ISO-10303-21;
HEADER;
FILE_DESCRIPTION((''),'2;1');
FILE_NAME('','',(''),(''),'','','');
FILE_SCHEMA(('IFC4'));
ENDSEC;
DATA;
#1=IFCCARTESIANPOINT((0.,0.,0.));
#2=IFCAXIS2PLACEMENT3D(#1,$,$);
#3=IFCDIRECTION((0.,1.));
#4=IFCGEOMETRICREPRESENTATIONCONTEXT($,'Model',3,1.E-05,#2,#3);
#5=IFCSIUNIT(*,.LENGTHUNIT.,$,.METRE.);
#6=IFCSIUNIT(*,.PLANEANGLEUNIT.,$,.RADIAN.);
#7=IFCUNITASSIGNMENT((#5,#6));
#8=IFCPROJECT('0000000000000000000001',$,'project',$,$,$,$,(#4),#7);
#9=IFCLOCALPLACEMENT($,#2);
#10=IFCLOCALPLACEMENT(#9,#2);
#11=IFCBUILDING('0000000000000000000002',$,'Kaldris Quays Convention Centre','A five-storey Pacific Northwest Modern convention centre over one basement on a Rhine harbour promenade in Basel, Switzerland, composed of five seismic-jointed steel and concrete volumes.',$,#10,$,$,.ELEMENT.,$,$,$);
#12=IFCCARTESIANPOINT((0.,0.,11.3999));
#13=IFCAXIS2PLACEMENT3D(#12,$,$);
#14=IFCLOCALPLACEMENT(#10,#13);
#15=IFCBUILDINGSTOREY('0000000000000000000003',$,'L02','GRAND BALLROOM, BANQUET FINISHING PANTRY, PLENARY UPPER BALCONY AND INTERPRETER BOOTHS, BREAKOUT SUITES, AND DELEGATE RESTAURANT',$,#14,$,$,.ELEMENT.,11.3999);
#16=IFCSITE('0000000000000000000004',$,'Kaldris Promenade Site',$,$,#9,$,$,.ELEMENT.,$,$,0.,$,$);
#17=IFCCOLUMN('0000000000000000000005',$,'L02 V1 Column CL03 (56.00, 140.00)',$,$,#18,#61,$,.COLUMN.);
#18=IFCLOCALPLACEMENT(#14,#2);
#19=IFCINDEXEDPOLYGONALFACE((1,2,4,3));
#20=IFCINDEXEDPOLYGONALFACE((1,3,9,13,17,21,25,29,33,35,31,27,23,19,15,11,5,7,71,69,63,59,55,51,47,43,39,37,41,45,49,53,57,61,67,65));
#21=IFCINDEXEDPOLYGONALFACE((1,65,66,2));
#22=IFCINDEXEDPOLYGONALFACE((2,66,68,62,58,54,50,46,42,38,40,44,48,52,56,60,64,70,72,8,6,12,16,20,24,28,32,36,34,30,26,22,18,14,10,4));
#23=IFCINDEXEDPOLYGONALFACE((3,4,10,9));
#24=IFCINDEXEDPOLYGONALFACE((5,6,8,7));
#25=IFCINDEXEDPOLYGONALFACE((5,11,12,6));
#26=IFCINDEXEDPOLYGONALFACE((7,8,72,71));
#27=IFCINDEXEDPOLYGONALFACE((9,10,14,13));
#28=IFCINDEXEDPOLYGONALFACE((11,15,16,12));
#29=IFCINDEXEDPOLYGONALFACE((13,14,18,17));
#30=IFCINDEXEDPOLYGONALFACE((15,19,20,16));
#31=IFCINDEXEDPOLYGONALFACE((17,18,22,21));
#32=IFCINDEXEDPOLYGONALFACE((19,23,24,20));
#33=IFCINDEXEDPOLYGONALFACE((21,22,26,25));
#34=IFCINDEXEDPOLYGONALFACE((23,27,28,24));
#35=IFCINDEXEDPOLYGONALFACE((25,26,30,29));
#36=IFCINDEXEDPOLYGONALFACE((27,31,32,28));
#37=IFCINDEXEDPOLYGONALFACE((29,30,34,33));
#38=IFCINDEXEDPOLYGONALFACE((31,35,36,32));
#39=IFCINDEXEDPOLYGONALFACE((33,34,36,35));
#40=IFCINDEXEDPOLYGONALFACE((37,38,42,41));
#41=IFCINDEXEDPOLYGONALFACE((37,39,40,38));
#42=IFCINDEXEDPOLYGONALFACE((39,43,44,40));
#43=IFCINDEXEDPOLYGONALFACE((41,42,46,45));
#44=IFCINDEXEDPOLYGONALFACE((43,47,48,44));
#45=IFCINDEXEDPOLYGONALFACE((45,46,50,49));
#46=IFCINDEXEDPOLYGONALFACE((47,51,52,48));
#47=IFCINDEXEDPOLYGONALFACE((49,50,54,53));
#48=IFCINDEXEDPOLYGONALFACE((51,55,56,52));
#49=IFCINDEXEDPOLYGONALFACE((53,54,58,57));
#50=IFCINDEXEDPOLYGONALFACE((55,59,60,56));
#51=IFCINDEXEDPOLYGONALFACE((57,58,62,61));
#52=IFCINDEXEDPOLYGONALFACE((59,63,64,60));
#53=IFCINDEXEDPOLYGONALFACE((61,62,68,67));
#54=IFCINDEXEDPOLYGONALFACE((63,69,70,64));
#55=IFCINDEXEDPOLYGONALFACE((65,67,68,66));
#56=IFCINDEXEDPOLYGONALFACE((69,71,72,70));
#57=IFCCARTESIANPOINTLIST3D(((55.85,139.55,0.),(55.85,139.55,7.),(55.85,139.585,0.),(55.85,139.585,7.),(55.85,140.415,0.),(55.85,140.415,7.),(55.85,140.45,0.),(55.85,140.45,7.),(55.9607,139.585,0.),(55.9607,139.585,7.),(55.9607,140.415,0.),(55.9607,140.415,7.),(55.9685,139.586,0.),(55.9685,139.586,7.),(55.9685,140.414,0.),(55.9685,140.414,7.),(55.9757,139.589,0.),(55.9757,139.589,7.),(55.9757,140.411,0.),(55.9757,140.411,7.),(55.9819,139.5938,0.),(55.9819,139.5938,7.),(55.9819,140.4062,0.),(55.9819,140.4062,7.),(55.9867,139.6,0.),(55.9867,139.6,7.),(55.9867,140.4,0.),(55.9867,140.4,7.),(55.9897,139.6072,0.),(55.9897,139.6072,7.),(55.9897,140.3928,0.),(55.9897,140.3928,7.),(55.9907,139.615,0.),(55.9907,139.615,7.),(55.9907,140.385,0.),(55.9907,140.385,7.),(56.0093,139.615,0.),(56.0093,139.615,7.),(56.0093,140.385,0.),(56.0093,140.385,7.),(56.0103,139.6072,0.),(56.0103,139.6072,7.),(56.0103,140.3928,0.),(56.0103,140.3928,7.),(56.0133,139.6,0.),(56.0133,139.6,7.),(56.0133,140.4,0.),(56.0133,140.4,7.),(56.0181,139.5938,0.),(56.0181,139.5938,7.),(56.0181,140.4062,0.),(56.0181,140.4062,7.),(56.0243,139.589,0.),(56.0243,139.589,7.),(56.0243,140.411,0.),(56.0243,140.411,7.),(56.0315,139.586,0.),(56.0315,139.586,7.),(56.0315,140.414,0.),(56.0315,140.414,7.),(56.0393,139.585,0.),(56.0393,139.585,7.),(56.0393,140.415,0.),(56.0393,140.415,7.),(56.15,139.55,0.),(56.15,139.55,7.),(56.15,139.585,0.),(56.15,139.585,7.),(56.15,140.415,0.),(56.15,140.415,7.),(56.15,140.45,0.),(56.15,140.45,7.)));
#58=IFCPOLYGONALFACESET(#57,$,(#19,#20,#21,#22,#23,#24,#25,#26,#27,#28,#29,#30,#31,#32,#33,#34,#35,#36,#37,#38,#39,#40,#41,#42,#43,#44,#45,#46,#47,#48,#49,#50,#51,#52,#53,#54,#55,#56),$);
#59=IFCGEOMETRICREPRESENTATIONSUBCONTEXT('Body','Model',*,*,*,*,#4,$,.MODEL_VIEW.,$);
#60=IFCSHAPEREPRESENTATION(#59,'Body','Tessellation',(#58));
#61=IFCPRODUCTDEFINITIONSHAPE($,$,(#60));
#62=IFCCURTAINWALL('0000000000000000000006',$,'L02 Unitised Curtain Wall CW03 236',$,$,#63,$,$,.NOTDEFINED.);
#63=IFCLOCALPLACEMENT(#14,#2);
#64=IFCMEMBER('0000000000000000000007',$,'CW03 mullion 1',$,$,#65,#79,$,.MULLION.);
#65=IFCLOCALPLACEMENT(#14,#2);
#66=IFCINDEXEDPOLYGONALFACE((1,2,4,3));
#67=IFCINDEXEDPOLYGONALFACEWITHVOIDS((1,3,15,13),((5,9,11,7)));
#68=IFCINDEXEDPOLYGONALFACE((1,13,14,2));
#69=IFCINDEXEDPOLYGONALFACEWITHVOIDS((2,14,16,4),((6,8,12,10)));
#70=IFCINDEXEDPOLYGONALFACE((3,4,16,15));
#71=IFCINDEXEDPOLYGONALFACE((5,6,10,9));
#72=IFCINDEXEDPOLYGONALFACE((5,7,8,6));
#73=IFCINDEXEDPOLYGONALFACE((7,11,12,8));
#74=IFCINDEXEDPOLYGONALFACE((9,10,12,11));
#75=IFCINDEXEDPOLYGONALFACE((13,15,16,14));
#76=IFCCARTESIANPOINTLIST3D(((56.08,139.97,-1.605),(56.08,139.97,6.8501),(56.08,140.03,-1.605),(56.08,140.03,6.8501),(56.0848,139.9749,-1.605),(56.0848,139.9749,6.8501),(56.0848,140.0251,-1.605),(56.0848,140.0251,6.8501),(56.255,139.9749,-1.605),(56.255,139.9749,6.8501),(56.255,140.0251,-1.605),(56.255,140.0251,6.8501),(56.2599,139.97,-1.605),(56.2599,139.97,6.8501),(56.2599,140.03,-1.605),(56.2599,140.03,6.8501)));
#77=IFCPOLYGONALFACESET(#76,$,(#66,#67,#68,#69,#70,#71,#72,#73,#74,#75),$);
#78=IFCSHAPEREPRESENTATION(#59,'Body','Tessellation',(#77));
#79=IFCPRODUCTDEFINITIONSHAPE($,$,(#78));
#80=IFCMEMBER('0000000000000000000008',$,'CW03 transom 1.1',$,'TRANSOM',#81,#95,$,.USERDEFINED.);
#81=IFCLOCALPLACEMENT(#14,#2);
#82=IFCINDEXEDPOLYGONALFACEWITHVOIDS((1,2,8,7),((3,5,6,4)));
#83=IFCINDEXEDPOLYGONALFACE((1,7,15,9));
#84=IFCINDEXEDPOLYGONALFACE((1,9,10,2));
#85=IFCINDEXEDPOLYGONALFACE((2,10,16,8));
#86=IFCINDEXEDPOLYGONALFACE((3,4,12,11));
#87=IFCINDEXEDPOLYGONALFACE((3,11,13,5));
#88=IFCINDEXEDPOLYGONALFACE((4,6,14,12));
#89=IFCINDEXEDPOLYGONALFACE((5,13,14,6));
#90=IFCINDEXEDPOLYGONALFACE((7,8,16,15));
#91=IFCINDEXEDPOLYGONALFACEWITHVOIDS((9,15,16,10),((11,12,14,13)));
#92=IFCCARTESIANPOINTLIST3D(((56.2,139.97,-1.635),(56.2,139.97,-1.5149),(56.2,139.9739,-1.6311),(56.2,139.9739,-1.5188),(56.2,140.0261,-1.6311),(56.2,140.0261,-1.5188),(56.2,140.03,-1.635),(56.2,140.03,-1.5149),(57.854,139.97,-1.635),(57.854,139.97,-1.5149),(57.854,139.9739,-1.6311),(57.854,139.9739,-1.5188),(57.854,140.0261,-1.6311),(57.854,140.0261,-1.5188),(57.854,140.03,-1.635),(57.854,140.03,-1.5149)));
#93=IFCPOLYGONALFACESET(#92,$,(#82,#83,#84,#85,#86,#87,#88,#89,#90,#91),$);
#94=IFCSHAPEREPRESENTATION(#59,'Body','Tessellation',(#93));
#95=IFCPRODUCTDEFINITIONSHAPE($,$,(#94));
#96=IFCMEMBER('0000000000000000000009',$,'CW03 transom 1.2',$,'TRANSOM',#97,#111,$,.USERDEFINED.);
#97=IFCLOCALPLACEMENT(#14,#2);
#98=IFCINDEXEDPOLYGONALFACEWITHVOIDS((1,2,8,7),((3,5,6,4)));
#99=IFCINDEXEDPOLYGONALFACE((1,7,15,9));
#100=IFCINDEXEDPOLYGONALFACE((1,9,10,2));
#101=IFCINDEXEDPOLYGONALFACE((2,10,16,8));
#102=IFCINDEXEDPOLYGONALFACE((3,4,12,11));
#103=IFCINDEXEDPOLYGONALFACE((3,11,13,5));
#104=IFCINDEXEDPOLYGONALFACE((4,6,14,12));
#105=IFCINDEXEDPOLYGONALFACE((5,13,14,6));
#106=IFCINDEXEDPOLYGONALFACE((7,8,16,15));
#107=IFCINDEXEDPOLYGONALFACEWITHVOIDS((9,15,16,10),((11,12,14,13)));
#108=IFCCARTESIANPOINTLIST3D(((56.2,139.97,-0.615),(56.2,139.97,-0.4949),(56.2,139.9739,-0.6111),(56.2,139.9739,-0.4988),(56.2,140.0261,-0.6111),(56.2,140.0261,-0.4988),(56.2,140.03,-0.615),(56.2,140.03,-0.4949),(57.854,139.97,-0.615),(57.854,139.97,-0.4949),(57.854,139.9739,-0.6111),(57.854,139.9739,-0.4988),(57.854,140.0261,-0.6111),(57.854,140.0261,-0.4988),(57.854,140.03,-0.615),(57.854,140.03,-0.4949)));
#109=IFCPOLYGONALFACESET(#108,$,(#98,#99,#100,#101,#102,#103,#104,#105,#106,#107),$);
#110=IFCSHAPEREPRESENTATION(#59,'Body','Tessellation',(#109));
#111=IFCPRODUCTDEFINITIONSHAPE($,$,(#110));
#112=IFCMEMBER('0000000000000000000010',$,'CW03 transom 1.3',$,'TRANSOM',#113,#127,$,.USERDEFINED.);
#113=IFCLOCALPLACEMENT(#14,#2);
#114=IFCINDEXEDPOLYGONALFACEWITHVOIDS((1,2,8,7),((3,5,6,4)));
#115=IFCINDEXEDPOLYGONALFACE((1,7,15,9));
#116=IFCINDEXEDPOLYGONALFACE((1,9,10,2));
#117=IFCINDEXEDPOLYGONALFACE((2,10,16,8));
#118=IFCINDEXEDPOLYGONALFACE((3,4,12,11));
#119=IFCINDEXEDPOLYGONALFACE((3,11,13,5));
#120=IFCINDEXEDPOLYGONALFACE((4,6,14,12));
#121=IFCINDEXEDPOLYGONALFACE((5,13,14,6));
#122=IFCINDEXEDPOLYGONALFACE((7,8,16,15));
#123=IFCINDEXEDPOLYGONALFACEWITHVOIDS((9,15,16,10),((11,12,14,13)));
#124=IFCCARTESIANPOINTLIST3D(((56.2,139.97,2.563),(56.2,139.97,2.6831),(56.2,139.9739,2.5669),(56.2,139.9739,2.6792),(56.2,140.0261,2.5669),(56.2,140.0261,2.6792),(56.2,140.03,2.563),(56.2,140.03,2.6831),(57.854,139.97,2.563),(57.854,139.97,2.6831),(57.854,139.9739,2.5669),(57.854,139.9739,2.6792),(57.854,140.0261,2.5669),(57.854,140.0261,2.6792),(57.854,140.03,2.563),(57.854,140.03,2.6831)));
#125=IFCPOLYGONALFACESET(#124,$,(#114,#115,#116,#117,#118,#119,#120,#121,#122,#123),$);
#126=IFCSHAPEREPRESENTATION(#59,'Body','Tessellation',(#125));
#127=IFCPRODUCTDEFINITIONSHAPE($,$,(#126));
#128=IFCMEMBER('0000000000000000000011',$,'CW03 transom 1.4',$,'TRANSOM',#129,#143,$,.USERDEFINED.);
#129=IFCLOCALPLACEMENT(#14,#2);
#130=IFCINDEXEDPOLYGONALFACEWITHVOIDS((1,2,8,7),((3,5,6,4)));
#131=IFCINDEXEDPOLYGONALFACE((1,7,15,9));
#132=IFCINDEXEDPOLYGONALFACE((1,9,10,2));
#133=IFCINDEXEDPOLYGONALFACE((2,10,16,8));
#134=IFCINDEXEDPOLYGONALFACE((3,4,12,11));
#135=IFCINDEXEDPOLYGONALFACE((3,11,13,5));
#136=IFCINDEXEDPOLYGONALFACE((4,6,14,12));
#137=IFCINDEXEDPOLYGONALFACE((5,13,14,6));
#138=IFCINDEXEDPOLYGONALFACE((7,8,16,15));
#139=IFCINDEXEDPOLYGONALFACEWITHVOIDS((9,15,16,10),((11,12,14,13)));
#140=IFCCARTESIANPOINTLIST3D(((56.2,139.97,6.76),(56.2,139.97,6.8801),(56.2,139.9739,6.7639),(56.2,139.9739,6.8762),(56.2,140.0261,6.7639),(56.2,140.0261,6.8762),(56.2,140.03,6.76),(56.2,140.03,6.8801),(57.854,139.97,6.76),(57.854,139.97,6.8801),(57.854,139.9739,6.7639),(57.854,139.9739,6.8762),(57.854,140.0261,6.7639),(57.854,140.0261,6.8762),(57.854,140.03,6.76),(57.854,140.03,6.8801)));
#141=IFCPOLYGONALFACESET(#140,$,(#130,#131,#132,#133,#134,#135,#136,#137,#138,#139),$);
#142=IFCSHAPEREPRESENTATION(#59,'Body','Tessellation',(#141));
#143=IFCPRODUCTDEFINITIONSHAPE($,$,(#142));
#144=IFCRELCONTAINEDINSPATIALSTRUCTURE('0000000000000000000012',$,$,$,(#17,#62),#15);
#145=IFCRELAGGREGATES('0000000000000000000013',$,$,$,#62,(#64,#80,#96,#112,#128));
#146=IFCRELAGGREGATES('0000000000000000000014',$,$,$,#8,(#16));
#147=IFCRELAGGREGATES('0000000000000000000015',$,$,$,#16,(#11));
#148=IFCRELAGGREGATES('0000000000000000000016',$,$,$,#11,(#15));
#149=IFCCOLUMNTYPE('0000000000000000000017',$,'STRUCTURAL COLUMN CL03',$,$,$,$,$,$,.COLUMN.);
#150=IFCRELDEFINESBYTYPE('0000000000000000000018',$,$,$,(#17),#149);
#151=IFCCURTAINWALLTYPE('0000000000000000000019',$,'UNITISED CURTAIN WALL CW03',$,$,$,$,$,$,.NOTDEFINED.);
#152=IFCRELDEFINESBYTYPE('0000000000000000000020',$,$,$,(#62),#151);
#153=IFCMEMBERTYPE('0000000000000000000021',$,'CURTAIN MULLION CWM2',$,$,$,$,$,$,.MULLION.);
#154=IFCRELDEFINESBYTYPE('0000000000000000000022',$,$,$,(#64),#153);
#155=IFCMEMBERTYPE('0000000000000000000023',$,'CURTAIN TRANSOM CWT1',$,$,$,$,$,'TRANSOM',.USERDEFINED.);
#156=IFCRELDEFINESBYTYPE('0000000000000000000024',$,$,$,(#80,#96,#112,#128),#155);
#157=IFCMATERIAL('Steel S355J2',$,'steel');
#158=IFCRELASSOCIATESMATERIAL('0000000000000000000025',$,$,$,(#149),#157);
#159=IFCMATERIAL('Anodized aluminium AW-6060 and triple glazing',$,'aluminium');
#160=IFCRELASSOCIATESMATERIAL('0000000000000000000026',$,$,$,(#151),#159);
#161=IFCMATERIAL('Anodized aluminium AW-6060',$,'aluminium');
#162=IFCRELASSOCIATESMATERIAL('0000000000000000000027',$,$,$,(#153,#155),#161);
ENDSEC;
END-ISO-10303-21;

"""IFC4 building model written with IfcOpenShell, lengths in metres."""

from ifc_helpers import new_model, si_unit, direction, frame, origin, origin_2d, place, context, subcontext, project, spatial, hollow_rectangle, i_section, extrude, material, material_profile, profile_set, type_object, element, aggregate, save


model = new_model("IFC4")

# Units and contexts
model_context = context("Model", 3, precision=1e-05, world=origin(), true_north=direction((0.0, 1.0)))
body_context = subcontext(model_context, "Body", "Model", "MODEL_VIEW")
ifc_project = project(units=[si_unit("LENGTHUNIT", "METRE"), si_unit("PLANEANGLEUNIT", "RADIAN")], contexts=[model_context])

# Site, building, storey
site_placement = place(None, origin())
site = spatial("IfcSite", under=ifc_project, at=site_placement, Name="Kaldris Promenade Site", CompositionType="ELEMENT", RefElevation=0.0)
building_placement = place(site_placement, origin())
building = spatial("IfcBuilding", under=site, at=building_placement, Name="Kaldris Quays Convention Centre", Description="A five-storey Pacific Northwest Modern convention centre over one basement on a Rhine harbour promenade in Basel, Switzerland, composed of five seismic-jointed steel and concrete volumes.", CompositionType="ELEMENT")
storey_placement = place(building_placement, frame((0.0, 0.0, 11.3999)))
storey = spatial("IfcBuildingStorey", under=building, at=storey_placement, Name="L02", Description="GRAND BALLROOM, BANQUET FINISHING PANTRY, PLENARY UPPER BALCONY AND INTERPRETER BOOTHS, BREAKOUT SUITES, AND DELEGATE RESTAURANT", CompositionType="ELEMENT", Elevation=11.3999)

# Column
ifc_material_1 = material(Name="Steel S355J2", Category="steel")
ifc_material_profile_1 = material_profile(ifc_material_1, i_section(OverallWidth=0.3, OverallDepth=0.8999, WebThickness=0.0186, FlangeThickness=0.0349, FilletRadius=0.03, at=origin_2d()), Name="HEB 900")
ifc_profile_set_1 = profile_set([ifc_material_profile_1], Name="Steel S355J2")
column_type = type_object("IfcColumnType", Name="STRUCTURAL COLUMN CL03", PredefinedType="COLUMN", material=ifc_profile_set_1)
column_placement = place(storey_placement, frame((56.0, 140.0, 0.0), z_axis=(0.0, 0.0, 1.0), x_axis=(1.0, 0.0, 0.0)))
element("IfcColumn", 1, at=column_placement, inside=storey, type_object=column_type, Name="L02 V1 Column CL03 (56.00, 140.00)", PredefinedType="COLUMN", context=body_context, shape_type="SweptSolid", body=[
    extrude(i_section(OverallWidth=0.3, OverallDepth=0.8999, WebThickness=0.0186, FlangeThickness=0.0349, FilletRadius=0.03, at=origin_2d()), origin(), (0.0, 0.0, 1.0), 7.0),
])

# Curtain wall, members
ifc_material_2 = material(Name="Anodized aluminium AW-6060 and triple glazing", Category="aluminium")
curtain_wall_type = type_object("IfcCurtainWallType", Name="UNITISED CURTAIN WALL CW03", PredefinedType="NOTDEFINED", material=ifc_material_2)
curtain_wall_placement = place(storey_placement, origin())
curtain_wall = element("IfcCurtainWall", 2, at=curtain_wall_placement, inside=storey, type_object=curtain_wall_type, Name="L02 Unitised Curtain Wall CW03 236", PredefinedType="NOTDEFINED")
ifc_material_3 = material(Name="Anodized aluminium AW-6060", Category="aluminium")
ifc_material_profile_2 = material_profile(ifc_material_3, hollow_rectangle(XDim=0.0601, YDim=0.1799, WallThickness=0.0049, at=origin_2d()), Name="RHS 180x60x5")
ifc_profile_set_2 = profile_set([ifc_material_profile_2], Name="Anodized aluminium AW-6060")
member_type_1 = type_object("IfcMemberType", Name="CURTAIN MULLION CWM2", PredefinedType="MULLION", material=ifc_profile_set_2)
member_1_placement = place(storey_placement, frame((56.1699, 140.0, -1.605), z_axis=(0.0, 0.0, 1.0), x_axis=(0.0, 1.0, 0.0)))
member_1 = element("IfcMember", 3, at=member_1_placement, type_object=member_type_1, Name="CW03 mullion 1", PredefinedType="MULLION", context=body_context, shape_type="SweptSolid", body=[
    extrude(hollow_rectangle(XDim=0.0601, YDim=0.1799, WallThickness=0.0049, at=origin_2d()), origin(), (0.0, 0.0, 1.0), 8.4551),
])
ifc_material_profile_3 = material_profile(ifc_material_3, hollow_rectangle(XDim=0.0601, YDim=0.1201, WallThickness=0.0039, at=origin_2d()), Name="RHS 120x60x4")
ifc_profile_set_3 = profile_set([ifc_material_profile_3], Name="Anodized aluminium AW-6060")
member_type_2 = type_object("IfcMemberType", Name="CURTAIN TRANSOM CWT1", ElementType="TRANSOM", PredefinedType="USERDEFINED", material=ifc_profile_set_3)
member_2_placement = place(storey_placement, frame((56.2, 140.0, -1.575), z_axis=(1.0, 0.0, 0.0), x_axis=(0.0, 1.0, 0.0)))
member_2 = element("IfcMember", 4, at=member_2_placement, type_object=member_type_2, Name="CW03 transom 1.1", ObjectType="TRANSOM", PredefinedType="USERDEFINED", context=body_context, shape_type="SweptSolid", body=[
    extrude(hollow_rectangle(XDim=0.0601, YDim=0.1201, WallThickness=0.0039, at=origin_2d()), origin(), (0.0, 0.0, 1.0), 1.6541),
])
member_3_placement = place(storey_placement, frame((56.2, 140.0, -0.5549), z_axis=(1.0, 0.0, 0.0), x_axis=(0.0, 1.0, 0.0)))
member_3 = element("IfcMember", 5, at=member_3_placement, type_object=member_type_2, Name="CW03 transom 1.2", ObjectType="TRANSOM", PredefinedType="USERDEFINED", context=body_context, shape_type="SweptSolid", body=[
    extrude(hollow_rectangle(XDim=0.0601, YDim=0.1201, WallThickness=0.0039, at=origin_2d()), origin(), (0.0, 0.0, 1.0), 1.6541),
])
member_4_placement = place(storey_placement, frame((56.2, 140.0, 2.623), z_axis=(1.0, 0.0, 0.0), x_axis=(0.0, 1.0, 0.0)))
member_4 = element("IfcMember", 6, at=member_4_placement, type_object=member_type_2, Name="CW03 transom 1.3", ObjectType="TRANSOM", PredefinedType="USERDEFINED", context=body_context, shape_type="SweptSolid", body=[
    extrude(hollow_rectangle(XDim=0.0601, YDim=0.1201, WallThickness=0.0039, at=origin_2d()), origin(), (0.0, 0.0, 1.0), 1.6541),
])
member_5_placement = place(storey_placement, frame((56.2, 140.0, 6.8201), z_axis=(1.0, 0.0, 0.0), x_axis=(0.0, 1.0, 0.0)))
member_5 = element("IfcMember", 7, at=member_5_placement, type_object=member_type_2, Name="CW03 transom 1.4", ObjectType="TRANSOM", PredefinedType="USERDEFINED", context=body_context, shape_type="SweptSolid", body=[
    extrude(hollow_rectangle(XDim=0.0601, YDim=0.1201, WallThickness=0.0039, at=origin_2d()), origin(), (0.0, 0.0, 1.0), 1.6541),
])

aggregate(curtain_wall, [member_1, member_2, member_3, member_4, member_5])

save(model, "model.ifc")
